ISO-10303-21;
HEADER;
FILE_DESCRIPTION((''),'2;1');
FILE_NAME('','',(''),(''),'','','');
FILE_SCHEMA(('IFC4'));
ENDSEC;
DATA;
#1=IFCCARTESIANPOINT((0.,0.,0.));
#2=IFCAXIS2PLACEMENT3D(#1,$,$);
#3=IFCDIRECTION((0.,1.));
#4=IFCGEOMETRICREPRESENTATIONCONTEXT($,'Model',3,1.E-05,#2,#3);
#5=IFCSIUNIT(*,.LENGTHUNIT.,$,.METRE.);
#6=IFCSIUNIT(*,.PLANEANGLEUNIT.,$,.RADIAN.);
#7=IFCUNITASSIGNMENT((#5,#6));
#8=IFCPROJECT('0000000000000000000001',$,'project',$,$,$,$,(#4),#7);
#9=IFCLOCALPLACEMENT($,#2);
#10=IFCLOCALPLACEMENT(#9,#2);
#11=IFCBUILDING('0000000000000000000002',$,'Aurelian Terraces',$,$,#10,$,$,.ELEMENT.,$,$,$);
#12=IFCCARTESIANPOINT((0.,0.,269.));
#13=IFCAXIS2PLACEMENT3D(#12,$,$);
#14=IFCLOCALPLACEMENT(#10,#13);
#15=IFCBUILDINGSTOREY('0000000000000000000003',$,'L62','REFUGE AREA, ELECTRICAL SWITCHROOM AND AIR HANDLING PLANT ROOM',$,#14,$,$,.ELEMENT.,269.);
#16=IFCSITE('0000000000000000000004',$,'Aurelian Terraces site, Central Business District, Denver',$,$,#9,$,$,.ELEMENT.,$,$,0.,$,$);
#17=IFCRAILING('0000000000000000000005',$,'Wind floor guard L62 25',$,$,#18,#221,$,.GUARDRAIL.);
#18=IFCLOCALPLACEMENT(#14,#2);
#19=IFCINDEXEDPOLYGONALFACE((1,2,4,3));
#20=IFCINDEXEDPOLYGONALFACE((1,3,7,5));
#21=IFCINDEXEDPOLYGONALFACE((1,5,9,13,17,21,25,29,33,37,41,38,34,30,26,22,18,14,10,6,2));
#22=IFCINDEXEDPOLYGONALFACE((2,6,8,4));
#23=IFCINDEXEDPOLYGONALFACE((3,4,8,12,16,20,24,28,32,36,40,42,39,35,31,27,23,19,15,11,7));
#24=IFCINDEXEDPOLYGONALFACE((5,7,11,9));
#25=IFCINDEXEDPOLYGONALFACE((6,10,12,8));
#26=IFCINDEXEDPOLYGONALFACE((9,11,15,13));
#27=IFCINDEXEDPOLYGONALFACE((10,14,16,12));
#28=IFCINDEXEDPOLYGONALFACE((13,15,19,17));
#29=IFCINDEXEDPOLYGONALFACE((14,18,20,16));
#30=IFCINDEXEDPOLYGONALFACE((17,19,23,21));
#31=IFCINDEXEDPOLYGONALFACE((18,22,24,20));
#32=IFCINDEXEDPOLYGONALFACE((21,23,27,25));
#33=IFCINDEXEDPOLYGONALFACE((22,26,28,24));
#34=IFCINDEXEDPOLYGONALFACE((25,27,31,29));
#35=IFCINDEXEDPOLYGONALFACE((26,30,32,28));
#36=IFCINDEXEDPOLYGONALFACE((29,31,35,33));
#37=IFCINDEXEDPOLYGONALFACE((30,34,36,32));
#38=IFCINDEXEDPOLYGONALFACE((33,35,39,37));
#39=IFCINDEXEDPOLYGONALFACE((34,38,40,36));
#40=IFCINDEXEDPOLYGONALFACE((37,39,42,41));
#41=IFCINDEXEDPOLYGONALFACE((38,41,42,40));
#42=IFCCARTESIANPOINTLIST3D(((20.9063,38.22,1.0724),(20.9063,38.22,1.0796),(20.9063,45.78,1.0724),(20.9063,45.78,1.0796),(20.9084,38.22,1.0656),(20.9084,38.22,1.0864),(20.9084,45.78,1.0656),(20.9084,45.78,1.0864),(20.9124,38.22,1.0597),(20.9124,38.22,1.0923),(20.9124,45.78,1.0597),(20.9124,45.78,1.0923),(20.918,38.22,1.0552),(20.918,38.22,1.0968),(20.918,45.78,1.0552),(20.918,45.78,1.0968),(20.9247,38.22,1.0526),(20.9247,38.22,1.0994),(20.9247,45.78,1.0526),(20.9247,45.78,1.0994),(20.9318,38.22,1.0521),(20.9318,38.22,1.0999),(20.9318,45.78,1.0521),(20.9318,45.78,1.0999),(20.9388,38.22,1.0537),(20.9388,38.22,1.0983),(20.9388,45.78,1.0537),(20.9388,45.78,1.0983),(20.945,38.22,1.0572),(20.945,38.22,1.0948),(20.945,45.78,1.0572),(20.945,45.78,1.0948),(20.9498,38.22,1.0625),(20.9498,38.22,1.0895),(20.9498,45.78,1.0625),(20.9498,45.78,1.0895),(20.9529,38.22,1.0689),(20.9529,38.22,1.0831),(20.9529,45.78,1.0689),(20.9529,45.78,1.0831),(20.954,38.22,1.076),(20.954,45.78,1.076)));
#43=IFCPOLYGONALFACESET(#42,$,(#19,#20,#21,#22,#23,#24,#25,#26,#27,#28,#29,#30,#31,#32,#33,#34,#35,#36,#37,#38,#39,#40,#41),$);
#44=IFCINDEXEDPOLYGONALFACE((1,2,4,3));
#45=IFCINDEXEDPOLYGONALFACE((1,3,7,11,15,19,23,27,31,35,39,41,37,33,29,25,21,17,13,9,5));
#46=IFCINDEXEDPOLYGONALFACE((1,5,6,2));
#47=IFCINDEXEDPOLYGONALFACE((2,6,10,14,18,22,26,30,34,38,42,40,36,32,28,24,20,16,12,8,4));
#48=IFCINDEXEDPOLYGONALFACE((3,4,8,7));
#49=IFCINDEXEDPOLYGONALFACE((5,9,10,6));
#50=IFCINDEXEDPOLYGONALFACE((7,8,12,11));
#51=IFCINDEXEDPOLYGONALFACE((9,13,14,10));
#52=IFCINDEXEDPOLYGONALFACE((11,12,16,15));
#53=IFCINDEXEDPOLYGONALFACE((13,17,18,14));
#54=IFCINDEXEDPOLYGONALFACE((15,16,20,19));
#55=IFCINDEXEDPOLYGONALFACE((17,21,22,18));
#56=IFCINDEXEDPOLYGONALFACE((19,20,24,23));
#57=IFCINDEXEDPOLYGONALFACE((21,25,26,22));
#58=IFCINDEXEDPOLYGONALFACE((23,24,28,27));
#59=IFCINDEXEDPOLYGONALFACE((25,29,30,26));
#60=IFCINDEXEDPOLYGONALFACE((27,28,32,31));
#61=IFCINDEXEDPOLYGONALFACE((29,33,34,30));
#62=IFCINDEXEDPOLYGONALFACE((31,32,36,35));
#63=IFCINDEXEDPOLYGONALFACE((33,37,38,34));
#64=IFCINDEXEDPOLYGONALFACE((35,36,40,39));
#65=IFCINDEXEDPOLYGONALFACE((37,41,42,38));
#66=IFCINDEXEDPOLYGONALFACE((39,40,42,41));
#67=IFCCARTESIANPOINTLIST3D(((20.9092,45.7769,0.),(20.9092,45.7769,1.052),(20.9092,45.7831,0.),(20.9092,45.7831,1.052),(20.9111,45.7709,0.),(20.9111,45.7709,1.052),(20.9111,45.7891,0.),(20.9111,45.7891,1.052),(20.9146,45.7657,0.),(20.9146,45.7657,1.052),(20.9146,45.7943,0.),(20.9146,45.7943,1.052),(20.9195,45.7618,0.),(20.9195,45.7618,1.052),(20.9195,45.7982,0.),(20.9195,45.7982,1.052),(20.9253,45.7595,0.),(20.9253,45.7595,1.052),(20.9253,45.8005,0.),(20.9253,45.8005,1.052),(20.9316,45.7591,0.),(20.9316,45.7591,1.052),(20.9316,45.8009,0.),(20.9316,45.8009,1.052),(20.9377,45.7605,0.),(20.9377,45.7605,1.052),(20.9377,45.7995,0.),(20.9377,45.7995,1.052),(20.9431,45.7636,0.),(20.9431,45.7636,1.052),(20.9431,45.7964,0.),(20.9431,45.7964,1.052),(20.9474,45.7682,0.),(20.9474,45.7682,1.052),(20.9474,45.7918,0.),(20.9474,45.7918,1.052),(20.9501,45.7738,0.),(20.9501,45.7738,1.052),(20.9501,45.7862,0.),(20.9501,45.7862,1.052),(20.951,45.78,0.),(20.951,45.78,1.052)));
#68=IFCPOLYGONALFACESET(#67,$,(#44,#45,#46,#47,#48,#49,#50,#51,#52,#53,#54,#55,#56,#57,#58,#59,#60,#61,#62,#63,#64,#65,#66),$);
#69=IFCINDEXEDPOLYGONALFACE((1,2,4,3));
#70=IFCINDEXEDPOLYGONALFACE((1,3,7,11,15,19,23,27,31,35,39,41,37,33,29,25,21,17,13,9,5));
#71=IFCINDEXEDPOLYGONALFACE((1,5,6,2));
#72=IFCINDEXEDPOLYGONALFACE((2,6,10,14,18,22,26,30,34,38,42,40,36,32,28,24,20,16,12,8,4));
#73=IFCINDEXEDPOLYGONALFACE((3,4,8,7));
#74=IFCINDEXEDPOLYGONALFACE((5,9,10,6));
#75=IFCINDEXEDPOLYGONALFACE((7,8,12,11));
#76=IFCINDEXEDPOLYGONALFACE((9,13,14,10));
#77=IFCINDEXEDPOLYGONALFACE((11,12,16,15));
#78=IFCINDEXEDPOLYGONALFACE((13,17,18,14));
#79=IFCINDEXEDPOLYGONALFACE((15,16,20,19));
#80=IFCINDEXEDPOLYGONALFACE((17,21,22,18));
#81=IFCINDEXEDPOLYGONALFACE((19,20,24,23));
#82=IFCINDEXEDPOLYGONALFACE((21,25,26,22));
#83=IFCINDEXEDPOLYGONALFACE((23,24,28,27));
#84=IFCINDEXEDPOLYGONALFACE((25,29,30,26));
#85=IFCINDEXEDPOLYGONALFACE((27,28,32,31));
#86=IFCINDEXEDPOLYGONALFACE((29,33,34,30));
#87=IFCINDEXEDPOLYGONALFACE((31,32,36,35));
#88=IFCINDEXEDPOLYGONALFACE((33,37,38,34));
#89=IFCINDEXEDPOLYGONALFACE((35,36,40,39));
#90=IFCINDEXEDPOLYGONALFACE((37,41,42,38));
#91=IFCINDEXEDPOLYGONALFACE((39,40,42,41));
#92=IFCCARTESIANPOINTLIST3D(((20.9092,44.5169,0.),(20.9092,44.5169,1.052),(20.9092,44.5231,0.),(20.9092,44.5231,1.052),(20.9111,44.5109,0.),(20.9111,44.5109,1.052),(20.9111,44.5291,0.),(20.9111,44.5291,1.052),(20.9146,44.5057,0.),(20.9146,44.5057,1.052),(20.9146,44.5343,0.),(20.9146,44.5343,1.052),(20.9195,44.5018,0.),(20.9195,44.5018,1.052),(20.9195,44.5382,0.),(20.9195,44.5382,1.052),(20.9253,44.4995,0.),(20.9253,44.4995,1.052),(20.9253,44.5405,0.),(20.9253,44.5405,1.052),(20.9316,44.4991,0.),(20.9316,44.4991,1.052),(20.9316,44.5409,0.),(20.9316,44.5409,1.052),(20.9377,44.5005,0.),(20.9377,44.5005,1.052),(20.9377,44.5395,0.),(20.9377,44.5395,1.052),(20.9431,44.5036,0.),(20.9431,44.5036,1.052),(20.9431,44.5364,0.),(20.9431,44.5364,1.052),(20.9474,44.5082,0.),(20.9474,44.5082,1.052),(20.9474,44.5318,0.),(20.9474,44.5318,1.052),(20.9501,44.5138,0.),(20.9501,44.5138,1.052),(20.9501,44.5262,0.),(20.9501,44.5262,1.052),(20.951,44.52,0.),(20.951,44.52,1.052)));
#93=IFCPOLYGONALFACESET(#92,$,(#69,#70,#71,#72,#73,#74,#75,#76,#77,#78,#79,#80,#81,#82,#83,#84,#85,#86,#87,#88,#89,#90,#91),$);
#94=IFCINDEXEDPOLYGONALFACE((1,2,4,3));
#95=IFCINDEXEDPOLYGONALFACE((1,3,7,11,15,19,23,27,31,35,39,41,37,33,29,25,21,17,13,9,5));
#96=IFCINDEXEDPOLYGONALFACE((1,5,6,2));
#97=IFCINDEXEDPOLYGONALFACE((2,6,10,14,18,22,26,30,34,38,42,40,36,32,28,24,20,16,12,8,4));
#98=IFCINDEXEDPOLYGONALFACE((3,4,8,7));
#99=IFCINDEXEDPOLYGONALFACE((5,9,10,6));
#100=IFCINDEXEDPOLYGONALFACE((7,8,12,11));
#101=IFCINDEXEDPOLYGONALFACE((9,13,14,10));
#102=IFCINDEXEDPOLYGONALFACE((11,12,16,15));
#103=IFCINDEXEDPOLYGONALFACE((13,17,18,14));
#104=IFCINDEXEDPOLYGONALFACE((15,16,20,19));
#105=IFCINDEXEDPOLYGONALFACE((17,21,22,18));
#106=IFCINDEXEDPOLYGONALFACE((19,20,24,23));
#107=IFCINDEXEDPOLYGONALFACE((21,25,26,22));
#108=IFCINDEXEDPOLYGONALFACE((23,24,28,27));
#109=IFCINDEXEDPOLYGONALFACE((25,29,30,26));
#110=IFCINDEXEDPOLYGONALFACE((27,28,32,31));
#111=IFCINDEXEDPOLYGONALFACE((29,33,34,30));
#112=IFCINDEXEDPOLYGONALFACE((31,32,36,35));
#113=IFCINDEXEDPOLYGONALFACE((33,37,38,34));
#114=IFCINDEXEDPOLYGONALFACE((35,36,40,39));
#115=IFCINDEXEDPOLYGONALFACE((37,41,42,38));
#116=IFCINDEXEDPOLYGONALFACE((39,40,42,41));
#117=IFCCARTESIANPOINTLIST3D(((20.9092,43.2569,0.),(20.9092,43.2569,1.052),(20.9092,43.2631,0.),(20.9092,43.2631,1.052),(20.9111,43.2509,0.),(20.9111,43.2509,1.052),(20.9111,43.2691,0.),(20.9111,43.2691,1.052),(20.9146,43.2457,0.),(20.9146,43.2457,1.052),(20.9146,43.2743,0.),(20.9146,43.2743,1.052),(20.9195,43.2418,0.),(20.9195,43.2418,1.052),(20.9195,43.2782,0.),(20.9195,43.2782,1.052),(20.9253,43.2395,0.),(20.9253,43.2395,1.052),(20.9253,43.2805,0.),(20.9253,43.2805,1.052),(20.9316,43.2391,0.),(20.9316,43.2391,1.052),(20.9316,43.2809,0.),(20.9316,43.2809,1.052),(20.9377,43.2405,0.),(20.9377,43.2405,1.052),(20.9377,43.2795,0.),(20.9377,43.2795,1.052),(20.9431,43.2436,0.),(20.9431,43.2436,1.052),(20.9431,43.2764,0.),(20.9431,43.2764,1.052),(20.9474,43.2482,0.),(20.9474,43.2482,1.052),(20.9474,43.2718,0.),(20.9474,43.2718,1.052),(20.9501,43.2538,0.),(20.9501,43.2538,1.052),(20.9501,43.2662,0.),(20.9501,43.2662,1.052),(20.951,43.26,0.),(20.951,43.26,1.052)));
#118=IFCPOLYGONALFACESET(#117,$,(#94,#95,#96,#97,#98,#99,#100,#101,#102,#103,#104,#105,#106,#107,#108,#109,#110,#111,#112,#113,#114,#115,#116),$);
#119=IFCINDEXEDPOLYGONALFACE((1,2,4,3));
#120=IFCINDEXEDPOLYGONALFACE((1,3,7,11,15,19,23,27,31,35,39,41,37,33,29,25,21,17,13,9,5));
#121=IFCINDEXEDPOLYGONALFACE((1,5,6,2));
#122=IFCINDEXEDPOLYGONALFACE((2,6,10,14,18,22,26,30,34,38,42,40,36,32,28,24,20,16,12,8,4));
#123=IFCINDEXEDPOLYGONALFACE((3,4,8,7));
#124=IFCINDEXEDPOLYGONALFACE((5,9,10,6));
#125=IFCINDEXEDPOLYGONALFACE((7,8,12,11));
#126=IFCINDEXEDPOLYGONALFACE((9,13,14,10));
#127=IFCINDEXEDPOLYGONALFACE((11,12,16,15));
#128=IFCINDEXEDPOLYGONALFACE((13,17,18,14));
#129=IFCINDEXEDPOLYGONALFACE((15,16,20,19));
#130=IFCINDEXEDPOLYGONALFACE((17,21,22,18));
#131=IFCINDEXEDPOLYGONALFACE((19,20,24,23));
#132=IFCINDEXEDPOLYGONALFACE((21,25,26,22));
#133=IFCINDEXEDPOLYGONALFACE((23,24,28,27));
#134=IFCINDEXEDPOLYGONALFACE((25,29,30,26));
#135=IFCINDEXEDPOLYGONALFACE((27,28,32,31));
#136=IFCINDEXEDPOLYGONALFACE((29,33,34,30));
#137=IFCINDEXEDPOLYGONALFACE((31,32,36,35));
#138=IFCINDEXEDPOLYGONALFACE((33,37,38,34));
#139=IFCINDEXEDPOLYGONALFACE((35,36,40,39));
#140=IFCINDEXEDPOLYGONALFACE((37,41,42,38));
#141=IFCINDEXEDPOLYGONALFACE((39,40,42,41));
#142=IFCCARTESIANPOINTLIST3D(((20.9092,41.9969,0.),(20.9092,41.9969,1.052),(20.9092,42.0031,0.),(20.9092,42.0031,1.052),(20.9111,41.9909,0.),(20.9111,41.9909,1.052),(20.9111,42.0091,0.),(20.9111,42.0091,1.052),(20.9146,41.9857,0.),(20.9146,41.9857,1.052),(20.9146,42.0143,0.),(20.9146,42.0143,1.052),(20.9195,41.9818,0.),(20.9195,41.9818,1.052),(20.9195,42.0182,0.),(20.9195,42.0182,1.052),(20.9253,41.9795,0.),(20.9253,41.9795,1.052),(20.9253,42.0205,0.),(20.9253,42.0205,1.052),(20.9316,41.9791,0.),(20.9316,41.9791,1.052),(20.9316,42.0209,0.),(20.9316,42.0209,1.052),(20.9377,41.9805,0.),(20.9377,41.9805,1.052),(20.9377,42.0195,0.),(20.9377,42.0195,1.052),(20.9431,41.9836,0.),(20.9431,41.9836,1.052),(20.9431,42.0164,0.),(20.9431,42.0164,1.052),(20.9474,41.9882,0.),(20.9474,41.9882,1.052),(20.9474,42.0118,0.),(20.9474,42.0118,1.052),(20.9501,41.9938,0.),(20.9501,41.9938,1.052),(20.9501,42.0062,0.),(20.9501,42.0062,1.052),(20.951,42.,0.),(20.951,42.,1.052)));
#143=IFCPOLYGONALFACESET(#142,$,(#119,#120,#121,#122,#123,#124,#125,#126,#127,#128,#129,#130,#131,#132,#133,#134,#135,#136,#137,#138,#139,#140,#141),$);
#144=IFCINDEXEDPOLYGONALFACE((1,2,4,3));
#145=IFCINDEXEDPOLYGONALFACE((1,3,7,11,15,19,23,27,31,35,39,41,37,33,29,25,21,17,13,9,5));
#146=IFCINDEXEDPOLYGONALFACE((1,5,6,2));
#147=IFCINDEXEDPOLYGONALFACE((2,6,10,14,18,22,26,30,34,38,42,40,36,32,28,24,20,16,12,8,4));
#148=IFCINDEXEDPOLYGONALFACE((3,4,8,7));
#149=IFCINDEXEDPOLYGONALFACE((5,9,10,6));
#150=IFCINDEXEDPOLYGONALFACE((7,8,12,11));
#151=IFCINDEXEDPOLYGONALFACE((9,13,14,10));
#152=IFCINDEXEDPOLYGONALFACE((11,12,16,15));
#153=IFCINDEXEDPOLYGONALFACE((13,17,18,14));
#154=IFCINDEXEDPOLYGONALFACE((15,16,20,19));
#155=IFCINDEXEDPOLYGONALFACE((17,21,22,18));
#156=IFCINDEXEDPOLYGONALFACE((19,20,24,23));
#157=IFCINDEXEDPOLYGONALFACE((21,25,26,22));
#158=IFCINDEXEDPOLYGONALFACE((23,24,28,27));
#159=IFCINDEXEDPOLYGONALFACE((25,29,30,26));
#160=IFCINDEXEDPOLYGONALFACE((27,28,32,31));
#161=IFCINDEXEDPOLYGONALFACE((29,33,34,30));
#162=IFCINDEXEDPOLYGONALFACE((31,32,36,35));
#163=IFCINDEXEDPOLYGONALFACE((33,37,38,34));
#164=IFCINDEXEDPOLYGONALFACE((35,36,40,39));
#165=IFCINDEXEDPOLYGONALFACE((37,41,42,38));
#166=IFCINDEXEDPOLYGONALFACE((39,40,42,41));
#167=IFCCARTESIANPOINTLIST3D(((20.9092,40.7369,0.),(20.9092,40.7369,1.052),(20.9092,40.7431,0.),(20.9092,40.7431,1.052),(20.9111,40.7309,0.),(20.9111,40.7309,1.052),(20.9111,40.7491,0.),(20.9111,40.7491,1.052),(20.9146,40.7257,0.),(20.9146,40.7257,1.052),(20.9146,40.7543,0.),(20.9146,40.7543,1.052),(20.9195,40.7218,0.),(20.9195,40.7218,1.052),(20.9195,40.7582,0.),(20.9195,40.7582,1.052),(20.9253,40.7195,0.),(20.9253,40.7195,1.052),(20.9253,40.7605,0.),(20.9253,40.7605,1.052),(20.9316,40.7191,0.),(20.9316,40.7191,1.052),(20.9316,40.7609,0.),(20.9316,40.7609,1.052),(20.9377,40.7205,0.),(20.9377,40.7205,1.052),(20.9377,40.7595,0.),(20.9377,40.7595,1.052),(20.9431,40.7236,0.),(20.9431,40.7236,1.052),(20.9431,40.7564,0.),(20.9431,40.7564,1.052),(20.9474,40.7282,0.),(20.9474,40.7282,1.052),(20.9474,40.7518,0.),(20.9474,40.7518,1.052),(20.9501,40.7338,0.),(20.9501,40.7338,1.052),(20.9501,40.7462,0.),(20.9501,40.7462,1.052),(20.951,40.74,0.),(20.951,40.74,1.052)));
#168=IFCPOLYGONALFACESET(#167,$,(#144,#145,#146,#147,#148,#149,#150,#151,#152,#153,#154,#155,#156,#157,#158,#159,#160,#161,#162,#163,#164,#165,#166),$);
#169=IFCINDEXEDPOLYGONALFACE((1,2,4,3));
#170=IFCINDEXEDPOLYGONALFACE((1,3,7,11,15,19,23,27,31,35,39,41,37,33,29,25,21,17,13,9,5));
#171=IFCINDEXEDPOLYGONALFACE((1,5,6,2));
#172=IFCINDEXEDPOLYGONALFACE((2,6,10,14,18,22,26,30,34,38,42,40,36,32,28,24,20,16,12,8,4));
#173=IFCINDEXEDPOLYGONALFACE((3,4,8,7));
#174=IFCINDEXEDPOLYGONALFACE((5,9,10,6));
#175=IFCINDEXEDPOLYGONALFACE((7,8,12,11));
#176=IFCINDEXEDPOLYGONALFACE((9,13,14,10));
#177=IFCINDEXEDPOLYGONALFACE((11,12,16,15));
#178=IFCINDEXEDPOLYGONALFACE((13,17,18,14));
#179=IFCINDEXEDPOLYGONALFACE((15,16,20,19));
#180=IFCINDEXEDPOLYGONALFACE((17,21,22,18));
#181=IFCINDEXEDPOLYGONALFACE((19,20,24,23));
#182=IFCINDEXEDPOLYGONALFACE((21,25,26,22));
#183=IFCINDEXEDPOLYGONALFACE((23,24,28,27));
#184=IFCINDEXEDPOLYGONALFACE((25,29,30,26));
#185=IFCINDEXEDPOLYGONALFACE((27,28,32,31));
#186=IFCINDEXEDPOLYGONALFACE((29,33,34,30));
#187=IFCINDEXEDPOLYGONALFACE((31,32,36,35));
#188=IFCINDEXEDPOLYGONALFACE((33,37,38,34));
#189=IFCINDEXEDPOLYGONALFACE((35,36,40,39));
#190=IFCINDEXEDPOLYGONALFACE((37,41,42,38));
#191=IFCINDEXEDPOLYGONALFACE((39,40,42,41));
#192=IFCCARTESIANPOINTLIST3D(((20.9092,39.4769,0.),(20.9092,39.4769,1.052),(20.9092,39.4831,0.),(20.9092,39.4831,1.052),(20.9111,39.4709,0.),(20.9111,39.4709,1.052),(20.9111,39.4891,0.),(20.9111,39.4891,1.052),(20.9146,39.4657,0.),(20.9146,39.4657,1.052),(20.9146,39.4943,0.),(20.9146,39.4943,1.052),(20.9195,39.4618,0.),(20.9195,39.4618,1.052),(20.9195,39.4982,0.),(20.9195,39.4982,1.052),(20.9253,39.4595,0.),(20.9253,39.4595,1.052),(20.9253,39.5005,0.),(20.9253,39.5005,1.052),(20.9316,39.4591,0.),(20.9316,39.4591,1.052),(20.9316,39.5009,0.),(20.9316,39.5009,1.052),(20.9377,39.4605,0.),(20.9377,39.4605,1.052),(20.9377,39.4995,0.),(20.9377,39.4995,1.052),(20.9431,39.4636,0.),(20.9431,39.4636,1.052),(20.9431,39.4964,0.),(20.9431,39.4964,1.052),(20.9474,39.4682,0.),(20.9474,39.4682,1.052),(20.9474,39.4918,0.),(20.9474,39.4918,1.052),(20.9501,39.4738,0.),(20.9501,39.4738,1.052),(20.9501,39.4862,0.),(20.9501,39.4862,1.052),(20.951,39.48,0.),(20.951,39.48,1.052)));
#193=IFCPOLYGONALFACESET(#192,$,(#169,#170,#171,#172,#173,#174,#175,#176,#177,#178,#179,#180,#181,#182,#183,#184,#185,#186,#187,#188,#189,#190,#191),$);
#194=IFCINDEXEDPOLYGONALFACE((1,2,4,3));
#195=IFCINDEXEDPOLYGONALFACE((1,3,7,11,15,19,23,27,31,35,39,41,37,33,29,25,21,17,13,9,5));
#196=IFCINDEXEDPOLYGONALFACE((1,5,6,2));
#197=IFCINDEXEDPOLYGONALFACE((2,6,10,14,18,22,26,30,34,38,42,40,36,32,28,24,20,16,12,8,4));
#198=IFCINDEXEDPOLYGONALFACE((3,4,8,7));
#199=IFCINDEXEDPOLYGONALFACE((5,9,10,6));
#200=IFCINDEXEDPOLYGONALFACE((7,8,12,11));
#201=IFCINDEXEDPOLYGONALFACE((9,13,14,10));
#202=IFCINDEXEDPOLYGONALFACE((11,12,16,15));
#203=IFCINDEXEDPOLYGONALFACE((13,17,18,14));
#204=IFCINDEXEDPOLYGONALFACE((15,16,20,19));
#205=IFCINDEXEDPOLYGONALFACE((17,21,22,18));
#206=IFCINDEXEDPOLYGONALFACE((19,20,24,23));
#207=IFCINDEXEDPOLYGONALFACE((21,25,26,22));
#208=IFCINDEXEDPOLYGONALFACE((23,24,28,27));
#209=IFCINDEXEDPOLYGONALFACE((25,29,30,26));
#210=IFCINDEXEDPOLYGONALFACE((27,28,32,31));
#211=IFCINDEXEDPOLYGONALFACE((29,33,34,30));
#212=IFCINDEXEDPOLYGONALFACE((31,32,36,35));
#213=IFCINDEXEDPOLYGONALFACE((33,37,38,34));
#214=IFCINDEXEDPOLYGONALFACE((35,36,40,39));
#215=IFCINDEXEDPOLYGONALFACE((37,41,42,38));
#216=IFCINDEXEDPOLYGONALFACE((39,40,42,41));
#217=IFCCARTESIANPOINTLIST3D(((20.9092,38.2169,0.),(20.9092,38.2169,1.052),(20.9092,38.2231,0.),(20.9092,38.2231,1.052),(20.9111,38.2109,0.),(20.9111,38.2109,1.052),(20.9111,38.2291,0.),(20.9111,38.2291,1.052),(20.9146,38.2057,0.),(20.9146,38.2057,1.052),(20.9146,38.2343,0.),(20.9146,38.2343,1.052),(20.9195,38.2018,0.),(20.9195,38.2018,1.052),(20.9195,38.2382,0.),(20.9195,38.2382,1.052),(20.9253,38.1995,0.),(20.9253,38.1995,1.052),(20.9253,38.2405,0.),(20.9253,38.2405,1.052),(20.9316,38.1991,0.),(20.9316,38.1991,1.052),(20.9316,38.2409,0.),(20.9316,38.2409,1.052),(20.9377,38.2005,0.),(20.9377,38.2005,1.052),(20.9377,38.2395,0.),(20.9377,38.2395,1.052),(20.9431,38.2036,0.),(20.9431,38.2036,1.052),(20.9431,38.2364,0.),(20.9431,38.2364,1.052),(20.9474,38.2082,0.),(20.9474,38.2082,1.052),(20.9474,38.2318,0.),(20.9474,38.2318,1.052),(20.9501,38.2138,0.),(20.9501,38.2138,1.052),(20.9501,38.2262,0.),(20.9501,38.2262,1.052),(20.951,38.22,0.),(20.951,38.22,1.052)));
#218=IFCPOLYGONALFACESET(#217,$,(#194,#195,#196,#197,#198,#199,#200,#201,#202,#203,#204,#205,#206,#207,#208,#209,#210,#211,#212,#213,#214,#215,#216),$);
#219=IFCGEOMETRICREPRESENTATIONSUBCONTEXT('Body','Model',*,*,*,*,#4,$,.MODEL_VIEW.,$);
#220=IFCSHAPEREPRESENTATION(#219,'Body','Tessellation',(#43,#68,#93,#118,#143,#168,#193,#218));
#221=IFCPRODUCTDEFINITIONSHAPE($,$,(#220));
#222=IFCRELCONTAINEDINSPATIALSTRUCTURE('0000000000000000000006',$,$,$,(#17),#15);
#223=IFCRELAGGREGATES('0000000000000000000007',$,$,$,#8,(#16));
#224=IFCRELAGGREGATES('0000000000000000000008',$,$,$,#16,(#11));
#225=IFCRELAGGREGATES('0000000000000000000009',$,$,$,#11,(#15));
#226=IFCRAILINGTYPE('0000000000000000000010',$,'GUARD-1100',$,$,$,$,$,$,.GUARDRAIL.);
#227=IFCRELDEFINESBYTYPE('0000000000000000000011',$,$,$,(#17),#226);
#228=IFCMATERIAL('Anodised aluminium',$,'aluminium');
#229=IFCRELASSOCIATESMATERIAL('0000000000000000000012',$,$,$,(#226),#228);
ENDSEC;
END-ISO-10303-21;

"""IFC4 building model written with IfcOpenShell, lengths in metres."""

from ifc_helpers import new_model, si_unit, direction, frame, origin, origin_2d, place, context, subcontext, project, spatial, circle, extrude, material, type_object, element, save


model = new_model("IFC4")

# Units and contexts
model_context = context("Model", 3, precision=1e-05, world=origin(), true_north=direction((0.0, 1.0)))
body_context = subcontext(model_context, "Body", "Model", "MODEL_VIEW")
ifc_project = project(units=[si_unit("LENGTHUNIT", "METRE"), si_unit("PLANEANGLEUNIT", "RADIAN")], contexts=[model_context])

# Site, building, storey
site_placement = place(None, origin())
site = spatial("IfcSite", under=ifc_project, at=site_placement, Name="Aurelian Terraces site, Central Business District, Denver", CompositionType="ELEMENT", RefElevation=0.0)
building_placement = place(site_placement, origin())
building = spatial("IfcBuilding", under=site, at=building_placement, Name="Aurelian Terraces", CompositionType="ELEMENT")
storey_placement = place(building_placement, frame((0.0, 0.0, 269.0)))
storey = spatial("IfcBuildingStorey", under=building, at=storey_placement, Name="L62", Description="REFUGE AREA, ELECTRICAL SWITCHROOM AND AIR HANDLING PLANT ROOM", CompositionType="ELEMENT", Elevation=269.0)

# Railing
ifc_material_1 = material(Name="Anodised aluminium", Category="aluminium")
railing_type = type_object("IfcRailingType", Name="GUARD-1100", PredefinedType="GUARDRAIL", material=ifc_material_1)
railing_1_placement = place(storey_placement, frame((20.93, 45.78, 0.0)))
element("IfcRailing", 1, at=railing_1_placement, inside=storey, type_object=railing_type, Name="Wind floor guard L62 25", PredefinedType="GUARDRAIL", context=body_context, shape_type="SweptSolid", body=[
    extrude(circle(Radius=0.024, at=origin_2d()), frame((0.0, 0.0, 1.076), z_axis=(0.0, -1.0, 0.0), x_axis=(1.0, 0.0, 0.0)), (0.0, 0.0, 1.0), 7.56),
    extrude(circle(Radius=0.021, at=origin_2d()), origin(), (0.0, 0.0, 1.0), 1.052),
    extrude(circle(Radius=0.021, at=origin_2d()), frame((0.0, -1.26, 0.0)), (0.0, 0.0, 1.0), 1.052),
    extrude(circle(Radius=0.021, at=origin_2d()), frame((0.0, -2.52, 0.0)), (0.0, 0.0, 1.0), 1.052),
    extrude(circle(Radius=0.021, at=origin_2d()), frame((0.0, -3.78, 0.0)), (0.0, 0.0, 1.0), 1.052),
    extrude(circle(Radius=0.021, at=origin_2d()), frame((0.0, -5.04, 0.0)), (0.0, 0.0, 1.0), 1.052),
    extrude(circle(Radius=0.021, at=origin_2d()), frame((0.0, -6.3, 0.0)), (0.0, 0.0, 1.0), 1.052),
    extrude(circle(Radius=0.021, at=origin_2d()), frame((0.0, -7.56, 0.0)), (0.0, 0.0, 1.0), 1.052),
])

save(model, "model.ifc")
